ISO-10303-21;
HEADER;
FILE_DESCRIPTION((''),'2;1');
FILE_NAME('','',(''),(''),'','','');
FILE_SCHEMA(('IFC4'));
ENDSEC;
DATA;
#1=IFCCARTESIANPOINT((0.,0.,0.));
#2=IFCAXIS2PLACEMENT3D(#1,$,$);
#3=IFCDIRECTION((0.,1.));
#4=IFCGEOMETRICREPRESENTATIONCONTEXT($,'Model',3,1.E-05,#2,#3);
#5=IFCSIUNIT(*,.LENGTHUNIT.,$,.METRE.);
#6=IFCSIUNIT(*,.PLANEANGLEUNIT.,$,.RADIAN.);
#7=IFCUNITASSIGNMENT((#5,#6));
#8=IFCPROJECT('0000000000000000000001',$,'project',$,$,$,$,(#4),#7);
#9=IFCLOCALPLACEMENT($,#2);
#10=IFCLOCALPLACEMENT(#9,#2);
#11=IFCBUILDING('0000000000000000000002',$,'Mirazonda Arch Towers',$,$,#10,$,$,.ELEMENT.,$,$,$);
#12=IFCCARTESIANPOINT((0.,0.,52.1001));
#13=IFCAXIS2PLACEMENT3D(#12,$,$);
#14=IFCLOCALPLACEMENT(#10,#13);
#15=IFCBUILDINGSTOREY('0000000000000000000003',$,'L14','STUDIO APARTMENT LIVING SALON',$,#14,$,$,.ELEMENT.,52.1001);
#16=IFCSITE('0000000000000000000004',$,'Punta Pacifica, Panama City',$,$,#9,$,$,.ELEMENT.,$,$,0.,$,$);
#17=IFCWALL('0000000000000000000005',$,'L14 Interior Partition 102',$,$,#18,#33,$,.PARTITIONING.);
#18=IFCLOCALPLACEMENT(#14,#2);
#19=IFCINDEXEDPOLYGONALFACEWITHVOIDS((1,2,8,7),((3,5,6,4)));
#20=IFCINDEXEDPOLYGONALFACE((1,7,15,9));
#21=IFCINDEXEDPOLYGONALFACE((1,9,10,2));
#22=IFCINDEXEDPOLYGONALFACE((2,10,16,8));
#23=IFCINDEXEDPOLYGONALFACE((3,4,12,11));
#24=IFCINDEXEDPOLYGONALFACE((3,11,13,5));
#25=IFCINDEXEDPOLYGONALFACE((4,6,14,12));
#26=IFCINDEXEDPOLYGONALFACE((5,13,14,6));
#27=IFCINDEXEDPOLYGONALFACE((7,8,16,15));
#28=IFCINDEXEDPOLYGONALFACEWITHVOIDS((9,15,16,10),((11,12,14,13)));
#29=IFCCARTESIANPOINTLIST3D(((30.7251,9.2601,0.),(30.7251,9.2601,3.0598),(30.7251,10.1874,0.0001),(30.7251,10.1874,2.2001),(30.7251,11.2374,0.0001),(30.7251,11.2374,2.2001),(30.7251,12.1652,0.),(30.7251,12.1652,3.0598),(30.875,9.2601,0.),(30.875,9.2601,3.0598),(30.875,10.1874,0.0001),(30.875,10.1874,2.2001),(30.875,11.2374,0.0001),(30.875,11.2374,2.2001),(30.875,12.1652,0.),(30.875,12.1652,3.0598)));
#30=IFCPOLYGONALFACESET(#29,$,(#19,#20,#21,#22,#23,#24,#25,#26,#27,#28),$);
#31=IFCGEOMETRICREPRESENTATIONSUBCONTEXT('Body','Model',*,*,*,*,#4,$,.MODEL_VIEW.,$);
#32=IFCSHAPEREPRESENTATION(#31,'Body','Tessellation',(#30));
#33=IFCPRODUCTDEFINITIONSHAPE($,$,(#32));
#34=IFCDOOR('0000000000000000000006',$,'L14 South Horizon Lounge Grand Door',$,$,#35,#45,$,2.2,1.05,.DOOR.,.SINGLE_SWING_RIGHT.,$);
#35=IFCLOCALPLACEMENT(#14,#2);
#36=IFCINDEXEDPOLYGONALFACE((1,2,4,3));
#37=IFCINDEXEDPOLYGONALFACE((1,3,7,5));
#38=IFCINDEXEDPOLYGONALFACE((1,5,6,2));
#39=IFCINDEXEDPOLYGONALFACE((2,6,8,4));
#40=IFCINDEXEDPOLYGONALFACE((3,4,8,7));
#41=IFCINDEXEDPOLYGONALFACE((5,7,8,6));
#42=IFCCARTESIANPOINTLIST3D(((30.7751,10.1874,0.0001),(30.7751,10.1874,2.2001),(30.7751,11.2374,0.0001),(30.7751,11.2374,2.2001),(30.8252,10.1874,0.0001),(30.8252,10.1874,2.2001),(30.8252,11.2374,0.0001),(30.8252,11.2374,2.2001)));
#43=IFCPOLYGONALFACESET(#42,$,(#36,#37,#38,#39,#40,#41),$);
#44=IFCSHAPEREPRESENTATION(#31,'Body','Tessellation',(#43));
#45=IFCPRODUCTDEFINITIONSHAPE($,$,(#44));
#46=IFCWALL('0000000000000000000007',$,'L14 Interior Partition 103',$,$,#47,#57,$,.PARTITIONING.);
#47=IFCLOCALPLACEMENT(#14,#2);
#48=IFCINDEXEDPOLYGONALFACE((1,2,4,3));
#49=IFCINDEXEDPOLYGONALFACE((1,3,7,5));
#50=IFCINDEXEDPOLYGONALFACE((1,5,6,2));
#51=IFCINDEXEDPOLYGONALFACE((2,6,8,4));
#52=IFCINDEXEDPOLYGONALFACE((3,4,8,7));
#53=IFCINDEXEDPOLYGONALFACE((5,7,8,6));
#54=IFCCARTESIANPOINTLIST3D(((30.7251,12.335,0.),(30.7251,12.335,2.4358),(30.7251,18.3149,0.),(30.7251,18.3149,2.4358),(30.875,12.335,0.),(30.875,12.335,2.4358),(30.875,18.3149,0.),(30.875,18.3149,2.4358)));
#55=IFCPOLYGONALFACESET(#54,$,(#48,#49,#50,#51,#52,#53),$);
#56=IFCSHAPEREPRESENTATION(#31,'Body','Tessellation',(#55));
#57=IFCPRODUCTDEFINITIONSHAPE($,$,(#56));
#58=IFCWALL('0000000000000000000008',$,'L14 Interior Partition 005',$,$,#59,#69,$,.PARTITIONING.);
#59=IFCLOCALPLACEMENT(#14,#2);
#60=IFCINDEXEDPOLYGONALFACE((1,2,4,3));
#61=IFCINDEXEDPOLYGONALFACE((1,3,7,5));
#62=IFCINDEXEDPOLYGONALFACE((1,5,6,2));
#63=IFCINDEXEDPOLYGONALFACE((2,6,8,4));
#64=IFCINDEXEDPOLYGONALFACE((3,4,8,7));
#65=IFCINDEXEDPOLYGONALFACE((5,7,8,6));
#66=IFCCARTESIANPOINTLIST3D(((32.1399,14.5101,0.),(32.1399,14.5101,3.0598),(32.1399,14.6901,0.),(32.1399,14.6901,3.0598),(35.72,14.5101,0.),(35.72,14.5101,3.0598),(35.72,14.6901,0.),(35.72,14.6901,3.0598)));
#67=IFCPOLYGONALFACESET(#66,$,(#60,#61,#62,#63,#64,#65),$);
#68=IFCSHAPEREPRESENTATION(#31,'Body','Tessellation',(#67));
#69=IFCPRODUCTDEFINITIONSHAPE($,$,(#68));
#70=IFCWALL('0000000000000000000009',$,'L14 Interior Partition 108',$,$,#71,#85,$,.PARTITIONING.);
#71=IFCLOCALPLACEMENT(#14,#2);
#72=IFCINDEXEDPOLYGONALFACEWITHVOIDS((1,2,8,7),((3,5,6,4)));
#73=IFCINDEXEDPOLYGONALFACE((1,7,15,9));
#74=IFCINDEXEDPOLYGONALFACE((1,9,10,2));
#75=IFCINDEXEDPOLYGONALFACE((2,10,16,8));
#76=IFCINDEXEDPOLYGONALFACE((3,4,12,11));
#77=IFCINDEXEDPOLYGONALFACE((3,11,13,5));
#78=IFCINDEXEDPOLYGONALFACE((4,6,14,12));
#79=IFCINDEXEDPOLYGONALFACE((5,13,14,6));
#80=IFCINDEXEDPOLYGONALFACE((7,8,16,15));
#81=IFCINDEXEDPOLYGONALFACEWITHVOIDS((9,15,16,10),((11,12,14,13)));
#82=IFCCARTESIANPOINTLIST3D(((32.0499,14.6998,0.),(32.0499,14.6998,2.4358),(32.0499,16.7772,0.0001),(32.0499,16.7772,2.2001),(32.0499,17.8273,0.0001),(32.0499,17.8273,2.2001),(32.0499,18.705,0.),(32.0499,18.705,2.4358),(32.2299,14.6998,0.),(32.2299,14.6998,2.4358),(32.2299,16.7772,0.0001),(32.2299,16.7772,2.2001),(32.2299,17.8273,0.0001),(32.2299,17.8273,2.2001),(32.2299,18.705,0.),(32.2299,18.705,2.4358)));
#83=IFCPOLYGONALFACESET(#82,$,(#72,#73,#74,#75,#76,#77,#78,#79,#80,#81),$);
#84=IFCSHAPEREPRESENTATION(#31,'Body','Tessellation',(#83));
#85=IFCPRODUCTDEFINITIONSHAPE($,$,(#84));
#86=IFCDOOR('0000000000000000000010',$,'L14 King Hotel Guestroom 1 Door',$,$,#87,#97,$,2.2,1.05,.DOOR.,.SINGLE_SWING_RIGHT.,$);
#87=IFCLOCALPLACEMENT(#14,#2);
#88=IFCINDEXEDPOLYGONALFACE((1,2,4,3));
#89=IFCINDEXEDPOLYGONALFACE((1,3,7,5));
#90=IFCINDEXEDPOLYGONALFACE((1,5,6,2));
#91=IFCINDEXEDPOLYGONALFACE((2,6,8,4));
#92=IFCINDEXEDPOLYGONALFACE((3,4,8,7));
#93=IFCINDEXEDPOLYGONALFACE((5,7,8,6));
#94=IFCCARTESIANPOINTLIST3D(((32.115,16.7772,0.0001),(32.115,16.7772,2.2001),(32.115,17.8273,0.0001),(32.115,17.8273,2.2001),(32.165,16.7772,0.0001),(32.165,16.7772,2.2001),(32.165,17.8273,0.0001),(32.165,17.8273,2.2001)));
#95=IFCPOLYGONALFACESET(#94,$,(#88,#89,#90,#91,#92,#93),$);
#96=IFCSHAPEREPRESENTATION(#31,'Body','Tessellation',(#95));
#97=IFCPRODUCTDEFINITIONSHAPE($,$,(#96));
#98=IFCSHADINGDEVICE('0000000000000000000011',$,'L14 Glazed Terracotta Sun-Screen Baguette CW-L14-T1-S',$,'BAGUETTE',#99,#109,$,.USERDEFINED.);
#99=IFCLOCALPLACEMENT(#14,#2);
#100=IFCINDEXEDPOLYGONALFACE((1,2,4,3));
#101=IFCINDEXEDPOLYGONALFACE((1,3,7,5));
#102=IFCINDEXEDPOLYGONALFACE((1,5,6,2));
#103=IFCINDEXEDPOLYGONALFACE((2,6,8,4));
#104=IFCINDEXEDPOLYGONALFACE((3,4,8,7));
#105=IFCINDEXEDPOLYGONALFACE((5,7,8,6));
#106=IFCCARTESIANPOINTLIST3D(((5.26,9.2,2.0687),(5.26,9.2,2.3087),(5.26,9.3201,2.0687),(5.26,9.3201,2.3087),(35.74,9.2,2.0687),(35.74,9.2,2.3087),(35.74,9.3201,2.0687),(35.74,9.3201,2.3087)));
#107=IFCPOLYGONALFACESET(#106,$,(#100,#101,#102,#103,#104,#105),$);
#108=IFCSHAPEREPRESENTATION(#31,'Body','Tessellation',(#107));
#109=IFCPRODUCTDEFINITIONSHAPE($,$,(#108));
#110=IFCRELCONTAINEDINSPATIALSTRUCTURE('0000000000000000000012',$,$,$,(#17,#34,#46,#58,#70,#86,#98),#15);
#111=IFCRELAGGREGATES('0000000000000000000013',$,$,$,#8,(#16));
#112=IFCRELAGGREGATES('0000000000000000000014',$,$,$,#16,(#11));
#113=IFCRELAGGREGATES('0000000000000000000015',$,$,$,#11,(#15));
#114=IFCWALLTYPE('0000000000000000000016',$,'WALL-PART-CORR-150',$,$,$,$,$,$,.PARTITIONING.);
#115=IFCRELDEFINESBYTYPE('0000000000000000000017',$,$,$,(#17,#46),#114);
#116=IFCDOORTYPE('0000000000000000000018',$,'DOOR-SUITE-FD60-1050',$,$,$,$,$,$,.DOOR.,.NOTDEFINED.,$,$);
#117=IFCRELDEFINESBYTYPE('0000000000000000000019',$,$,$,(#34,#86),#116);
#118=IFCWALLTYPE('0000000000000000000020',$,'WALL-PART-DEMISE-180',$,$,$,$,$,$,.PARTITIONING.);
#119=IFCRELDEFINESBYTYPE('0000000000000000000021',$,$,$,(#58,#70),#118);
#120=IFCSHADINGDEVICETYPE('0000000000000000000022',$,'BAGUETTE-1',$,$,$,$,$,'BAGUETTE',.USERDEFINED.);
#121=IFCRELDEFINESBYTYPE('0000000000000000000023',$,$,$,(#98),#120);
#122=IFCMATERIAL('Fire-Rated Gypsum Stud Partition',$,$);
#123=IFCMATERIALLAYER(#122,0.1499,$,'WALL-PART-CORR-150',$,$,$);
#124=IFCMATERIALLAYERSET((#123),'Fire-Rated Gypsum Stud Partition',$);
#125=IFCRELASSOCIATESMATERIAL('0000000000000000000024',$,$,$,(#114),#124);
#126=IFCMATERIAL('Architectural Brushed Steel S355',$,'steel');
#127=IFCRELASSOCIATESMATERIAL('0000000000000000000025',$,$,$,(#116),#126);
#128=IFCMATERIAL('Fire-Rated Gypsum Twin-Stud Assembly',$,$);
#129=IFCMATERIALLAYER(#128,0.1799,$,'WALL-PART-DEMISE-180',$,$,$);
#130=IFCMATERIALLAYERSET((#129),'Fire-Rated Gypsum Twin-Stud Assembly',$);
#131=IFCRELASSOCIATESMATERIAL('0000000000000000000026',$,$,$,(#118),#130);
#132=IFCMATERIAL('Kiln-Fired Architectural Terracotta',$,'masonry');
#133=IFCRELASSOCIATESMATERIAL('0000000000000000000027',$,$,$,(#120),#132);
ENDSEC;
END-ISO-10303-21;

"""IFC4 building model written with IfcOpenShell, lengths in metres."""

from ifc_helpers import new_model, si_unit, direction, frame, frame_2d, origin, origin_2d, place, context, subcontext, project, spatial, rectangle, extrude, material, layer, layer_set, material_profile, profile_set, type_object, element, fill, save


model = new_model("IFC4")

# Units and contexts
model_context = context("Model", 3, precision=1e-05, world=origin(), true_north=direction((0.0, 1.0)))
body_context = subcontext(model_context, "Body", "Model", "MODEL_VIEW")
ifc_project = project(units=[si_unit("LENGTHUNIT", "METRE"), si_unit("PLANEANGLEUNIT", "RADIAN")], contexts=[model_context])

# Site, building, storey
site_placement = place(None, origin())
site = spatial("IfcSite", under=ifc_project, at=site_placement, Name="Punta Pacifica, Panama City", CompositionType="ELEMENT", RefElevation=0.0)
building_placement = place(site_placement, origin())
building = spatial("IfcBuilding", under=site, at=building_placement, Name="Mirazonda Arch Towers", CompositionType="ELEMENT")
storey_placement = place(building_placement, frame((0.0, 0.0, 52.1001)))
storey = spatial("IfcBuildingStorey", under=building, at=storey_placement, Name="L14", Description="STUDIO APARTMENT LIVING SALON", CompositionType="ELEMENT", Elevation=52.1001)

# Shared definitions
ifc_material_1 = material(Name="Fire-Rated Gypsum Stud Partition")
ifc_layer_1 = layer(ifc_material_1, 0.1499, Name="WALL-PART-CORR-150")
ifc_layer_set_1 = layer_set([ifc_layer_1], Name="Fire-Rated Gypsum Stud Partition")
wall_type_1 = type_object("IfcWallType", Name="WALL-PART-CORR-150", PredefinedType="PARTITIONING", material=ifc_layer_set_1)

# Wall, opening, door
wall_1_placement = place(storey_placement, frame((30.8, 9.26, 0.0), z_axis=(0.0, 0.0, 1.0), x_axis=(0.0, 1.0, 0.0)))
wall_1 = element("IfcWall", 1, at=wall_1_placement, inside=storey, type_object=wall_type_1, Name="L14 Interior Partition 102", PredefinedType="PARTITIONING", context=body_context, shape_type="SweptSolid", body=[
    extrude(rectangle(XDim=2.905, YDim=0.1499, at=frame_2d((1.4526, 0.0))), origin(), (0.0, 0.0, 1.0), 3.0598),
])
opening_1_placement = place(wall_1_placement, frame((0.9275, 0.0, 0.0)))
opening_1 = element("IfcOpeningElement", 2, at=opening_1_placement, cuts=wall_1, PredefinedType="OPENING", context=body_context, shape_type="SweptSolid", body=[
    extrude(rectangle(XDim=1.05, YDim=2.2, at=frame_2d((0.5249, 1.1001))), frame((0.0, 0.085, 0.0), z_axis=(0.0, -1.0, 0.0), x_axis=(1.0, 0.0, 0.0)), (0.0, 0.0, 1.0), 0.1699),
])
ifc_material_2 = material(Name="Architectural Brushed Steel S355", Category="steel")
door_type_1 = type_object("IfcDoorType", Name="DOOR-SUITE-FD60-1050", OperationType="NOTDEFINED", PredefinedType="DOOR", material=ifc_material_2)
door_1_placement = place(opening_1_placement, origin())
door_1 = element("IfcDoor", 3, at=door_1_placement, inside=storey, type_object=door_type_1, Name="L14 South Horizon Lounge Grand Door", OperationType="SINGLE_SWING_RIGHT", OverallHeight=2.2, OverallWidth=1.05, PredefinedType="DOOR", context=body_context, shape_type="SweptSolid", body=[
    extrude(rectangle(XDim=1.05, YDim=2.2, at=frame_2d((0.5249, 1.1001))), frame((0.0, 0.0249, 0.0), z_axis=(0.0, -1.0, 0.0), x_axis=(1.0, 0.0, 0.0)), (0.0, 0.0, 1.0), 0.05),
])
fill(opening_1, door_1)

# Walls
wall_2_placement = place(storey_placement, frame((30.8, 12.335, 0.0), z_axis=(0.0, 0.0, 1.0), x_axis=(0.0, 1.0, 0.0)))
element("IfcWall", 4, at=wall_2_placement, inside=storey, type_object=wall_type_1, Name="L14 Interior Partition 103", PredefinedType="PARTITIONING", context=body_context, shape_type="SweptSolid", body=[
    extrude(rectangle(XDim=5.98, YDim=0.1499, at=frame_2d((2.99, 0.0))), origin(), (0.0, 0.0, 1.0), 2.4358),
])
ifc_material_3 = material(Name="Fire-Rated Gypsum Twin-Stud Assembly")
ifc_layer_2 = layer(ifc_material_3, 0.1799, Name="WALL-PART-DEMISE-180")
ifc_layer_set_2 = layer_set([ifc_layer_2], Name="Fire-Rated Gypsum Twin-Stud Assembly")
wall_type_2 = type_object("IfcWallType", Name="WALL-PART-DEMISE-180", PredefinedType="PARTITIONING", material=ifc_layer_set_2)
wall_3_placement = place(storey_placement, frame((32.1399, 14.6001, 0.0), z_axis=(0.0, 0.0, 1.0), x_axis=(1.0, 0.0, 0.0)))
element("IfcWall", 5, at=wall_3_placement, inside=storey, type_object=wall_type_2, Name="L14 Interior Partition 005", PredefinedType="PARTITIONING", context=body_context, shape_type="SweptSolid", body=[
    extrude(rectangle(XDim=3.5801, YDim=0.1799, at=frame_2d((1.79, 0.0))), origin(), (0.0, 0.0, 1.0), 3.0598),
])

# Wall, opening, door
wall_4_placement = place(storey_placement, frame((32.1399, 14.7, 0.0), z_axis=(0.0, 0.0, 1.0), x_axis=(0.0, 1.0, 0.0)))
wall_4 = element("IfcWall", 6, at=wall_4_placement, inside=storey, type_object=wall_type_2, Name="L14 Interior Partition 108", PredefinedType="PARTITIONING", context=body_context, shape_type="SweptSolid", body=[
    extrude(rectangle(XDim=4.0051, YDim=0.1799, at=frame_2d((2.0024, 0.0))), origin(), (0.0, 0.0, 1.0), 2.4358),
])
opening_2_placement = place(wall_4_placement, frame((2.0774, 0.0, 0.0)))
opening_2 = element("IfcOpeningElement", 7, at=opening_2_placement, cuts=wall_4, PredefinedType="OPENING", context=body_context, shape_type="SweptSolid", body=[
    extrude(rectangle(XDim=1.05, YDim=2.2, at=frame_2d((0.5249, 1.1001))), frame((0.0, 0.0999, 0.0), z_axis=(0.0, -1.0, 0.0), x_axis=(1.0, 0.0, 0.0)), (0.0, 0.0, 1.0), 0.2),
])
door_2_placement = place(opening_2_placement, origin())
door_2 = element("IfcDoor", 8, at=door_2_placement, inside=storey, type_object=door_type_1, Name="L14 King Hotel Guestroom 1 Door", OperationType="SINGLE_SWING_RIGHT", OverallHeight=2.2, OverallWidth=1.05, PredefinedType="DOOR", context=body_context, shape_type="SweptSolid", body=[
    extrude(rectangle(XDim=1.05, YDim=2.2, at=frame_2d((0.5249, 1.1001))), frame((0.0, 0.0249, 0.0), z_axis=(0.0, -1.0, 0.0), x_axis=(1.0, 0.0, 0.0)), (0.0, 0.0, 1.0), 0.05),
])
fill(opening_2, door_2)

# Shading device
ifc_material_4 = material(Name="Kiln-Fired Architectural Terracotta", Category="masonry")
ifc_material_profile_1 = material_profile(ifc_material_4, rectangle(XDim=0.1201, YDim=0.24, at=origin_2d()), Name="TERRA-BAG-120x240")
ifc_profile_set_1 = profile_set([ifc_material_profile_1], Name="Kiln-Fired Architectural Terracotta")
shading_device_type = type_object("IfcShadingDeviceType", Name="BAGUETTE-1", ElementType="BAGUETTE", PredefinedType="USERDEFINED", material=ifc_profile_set_1)
shading_device_placement = place(storey_placement, frame((35.74, 9.26, 2.1887), z_axis=(-1.0, 0.0, 0.0), x_axis=(0.0, -1.0, 0.0)))
element("IfcShadingDevice", 9, at=shading_device_placement, inside=storey, type_object=shading_device_type, Name="L14 Glazed Terracotta Sun-Screen Baguette CW-L14-T1-S", ObjectType="BAGUETTE", PredefinedType="USERDEFINED", context=body_context, shape_type="SweptSolid", body=[
    extrude(rectangle(XDim=0.1201, YDim=0.24, at=origin_2d()), origin(), (0.0, 0.0, 1.0), 30.48),
])

save(model, "model.ifc")
